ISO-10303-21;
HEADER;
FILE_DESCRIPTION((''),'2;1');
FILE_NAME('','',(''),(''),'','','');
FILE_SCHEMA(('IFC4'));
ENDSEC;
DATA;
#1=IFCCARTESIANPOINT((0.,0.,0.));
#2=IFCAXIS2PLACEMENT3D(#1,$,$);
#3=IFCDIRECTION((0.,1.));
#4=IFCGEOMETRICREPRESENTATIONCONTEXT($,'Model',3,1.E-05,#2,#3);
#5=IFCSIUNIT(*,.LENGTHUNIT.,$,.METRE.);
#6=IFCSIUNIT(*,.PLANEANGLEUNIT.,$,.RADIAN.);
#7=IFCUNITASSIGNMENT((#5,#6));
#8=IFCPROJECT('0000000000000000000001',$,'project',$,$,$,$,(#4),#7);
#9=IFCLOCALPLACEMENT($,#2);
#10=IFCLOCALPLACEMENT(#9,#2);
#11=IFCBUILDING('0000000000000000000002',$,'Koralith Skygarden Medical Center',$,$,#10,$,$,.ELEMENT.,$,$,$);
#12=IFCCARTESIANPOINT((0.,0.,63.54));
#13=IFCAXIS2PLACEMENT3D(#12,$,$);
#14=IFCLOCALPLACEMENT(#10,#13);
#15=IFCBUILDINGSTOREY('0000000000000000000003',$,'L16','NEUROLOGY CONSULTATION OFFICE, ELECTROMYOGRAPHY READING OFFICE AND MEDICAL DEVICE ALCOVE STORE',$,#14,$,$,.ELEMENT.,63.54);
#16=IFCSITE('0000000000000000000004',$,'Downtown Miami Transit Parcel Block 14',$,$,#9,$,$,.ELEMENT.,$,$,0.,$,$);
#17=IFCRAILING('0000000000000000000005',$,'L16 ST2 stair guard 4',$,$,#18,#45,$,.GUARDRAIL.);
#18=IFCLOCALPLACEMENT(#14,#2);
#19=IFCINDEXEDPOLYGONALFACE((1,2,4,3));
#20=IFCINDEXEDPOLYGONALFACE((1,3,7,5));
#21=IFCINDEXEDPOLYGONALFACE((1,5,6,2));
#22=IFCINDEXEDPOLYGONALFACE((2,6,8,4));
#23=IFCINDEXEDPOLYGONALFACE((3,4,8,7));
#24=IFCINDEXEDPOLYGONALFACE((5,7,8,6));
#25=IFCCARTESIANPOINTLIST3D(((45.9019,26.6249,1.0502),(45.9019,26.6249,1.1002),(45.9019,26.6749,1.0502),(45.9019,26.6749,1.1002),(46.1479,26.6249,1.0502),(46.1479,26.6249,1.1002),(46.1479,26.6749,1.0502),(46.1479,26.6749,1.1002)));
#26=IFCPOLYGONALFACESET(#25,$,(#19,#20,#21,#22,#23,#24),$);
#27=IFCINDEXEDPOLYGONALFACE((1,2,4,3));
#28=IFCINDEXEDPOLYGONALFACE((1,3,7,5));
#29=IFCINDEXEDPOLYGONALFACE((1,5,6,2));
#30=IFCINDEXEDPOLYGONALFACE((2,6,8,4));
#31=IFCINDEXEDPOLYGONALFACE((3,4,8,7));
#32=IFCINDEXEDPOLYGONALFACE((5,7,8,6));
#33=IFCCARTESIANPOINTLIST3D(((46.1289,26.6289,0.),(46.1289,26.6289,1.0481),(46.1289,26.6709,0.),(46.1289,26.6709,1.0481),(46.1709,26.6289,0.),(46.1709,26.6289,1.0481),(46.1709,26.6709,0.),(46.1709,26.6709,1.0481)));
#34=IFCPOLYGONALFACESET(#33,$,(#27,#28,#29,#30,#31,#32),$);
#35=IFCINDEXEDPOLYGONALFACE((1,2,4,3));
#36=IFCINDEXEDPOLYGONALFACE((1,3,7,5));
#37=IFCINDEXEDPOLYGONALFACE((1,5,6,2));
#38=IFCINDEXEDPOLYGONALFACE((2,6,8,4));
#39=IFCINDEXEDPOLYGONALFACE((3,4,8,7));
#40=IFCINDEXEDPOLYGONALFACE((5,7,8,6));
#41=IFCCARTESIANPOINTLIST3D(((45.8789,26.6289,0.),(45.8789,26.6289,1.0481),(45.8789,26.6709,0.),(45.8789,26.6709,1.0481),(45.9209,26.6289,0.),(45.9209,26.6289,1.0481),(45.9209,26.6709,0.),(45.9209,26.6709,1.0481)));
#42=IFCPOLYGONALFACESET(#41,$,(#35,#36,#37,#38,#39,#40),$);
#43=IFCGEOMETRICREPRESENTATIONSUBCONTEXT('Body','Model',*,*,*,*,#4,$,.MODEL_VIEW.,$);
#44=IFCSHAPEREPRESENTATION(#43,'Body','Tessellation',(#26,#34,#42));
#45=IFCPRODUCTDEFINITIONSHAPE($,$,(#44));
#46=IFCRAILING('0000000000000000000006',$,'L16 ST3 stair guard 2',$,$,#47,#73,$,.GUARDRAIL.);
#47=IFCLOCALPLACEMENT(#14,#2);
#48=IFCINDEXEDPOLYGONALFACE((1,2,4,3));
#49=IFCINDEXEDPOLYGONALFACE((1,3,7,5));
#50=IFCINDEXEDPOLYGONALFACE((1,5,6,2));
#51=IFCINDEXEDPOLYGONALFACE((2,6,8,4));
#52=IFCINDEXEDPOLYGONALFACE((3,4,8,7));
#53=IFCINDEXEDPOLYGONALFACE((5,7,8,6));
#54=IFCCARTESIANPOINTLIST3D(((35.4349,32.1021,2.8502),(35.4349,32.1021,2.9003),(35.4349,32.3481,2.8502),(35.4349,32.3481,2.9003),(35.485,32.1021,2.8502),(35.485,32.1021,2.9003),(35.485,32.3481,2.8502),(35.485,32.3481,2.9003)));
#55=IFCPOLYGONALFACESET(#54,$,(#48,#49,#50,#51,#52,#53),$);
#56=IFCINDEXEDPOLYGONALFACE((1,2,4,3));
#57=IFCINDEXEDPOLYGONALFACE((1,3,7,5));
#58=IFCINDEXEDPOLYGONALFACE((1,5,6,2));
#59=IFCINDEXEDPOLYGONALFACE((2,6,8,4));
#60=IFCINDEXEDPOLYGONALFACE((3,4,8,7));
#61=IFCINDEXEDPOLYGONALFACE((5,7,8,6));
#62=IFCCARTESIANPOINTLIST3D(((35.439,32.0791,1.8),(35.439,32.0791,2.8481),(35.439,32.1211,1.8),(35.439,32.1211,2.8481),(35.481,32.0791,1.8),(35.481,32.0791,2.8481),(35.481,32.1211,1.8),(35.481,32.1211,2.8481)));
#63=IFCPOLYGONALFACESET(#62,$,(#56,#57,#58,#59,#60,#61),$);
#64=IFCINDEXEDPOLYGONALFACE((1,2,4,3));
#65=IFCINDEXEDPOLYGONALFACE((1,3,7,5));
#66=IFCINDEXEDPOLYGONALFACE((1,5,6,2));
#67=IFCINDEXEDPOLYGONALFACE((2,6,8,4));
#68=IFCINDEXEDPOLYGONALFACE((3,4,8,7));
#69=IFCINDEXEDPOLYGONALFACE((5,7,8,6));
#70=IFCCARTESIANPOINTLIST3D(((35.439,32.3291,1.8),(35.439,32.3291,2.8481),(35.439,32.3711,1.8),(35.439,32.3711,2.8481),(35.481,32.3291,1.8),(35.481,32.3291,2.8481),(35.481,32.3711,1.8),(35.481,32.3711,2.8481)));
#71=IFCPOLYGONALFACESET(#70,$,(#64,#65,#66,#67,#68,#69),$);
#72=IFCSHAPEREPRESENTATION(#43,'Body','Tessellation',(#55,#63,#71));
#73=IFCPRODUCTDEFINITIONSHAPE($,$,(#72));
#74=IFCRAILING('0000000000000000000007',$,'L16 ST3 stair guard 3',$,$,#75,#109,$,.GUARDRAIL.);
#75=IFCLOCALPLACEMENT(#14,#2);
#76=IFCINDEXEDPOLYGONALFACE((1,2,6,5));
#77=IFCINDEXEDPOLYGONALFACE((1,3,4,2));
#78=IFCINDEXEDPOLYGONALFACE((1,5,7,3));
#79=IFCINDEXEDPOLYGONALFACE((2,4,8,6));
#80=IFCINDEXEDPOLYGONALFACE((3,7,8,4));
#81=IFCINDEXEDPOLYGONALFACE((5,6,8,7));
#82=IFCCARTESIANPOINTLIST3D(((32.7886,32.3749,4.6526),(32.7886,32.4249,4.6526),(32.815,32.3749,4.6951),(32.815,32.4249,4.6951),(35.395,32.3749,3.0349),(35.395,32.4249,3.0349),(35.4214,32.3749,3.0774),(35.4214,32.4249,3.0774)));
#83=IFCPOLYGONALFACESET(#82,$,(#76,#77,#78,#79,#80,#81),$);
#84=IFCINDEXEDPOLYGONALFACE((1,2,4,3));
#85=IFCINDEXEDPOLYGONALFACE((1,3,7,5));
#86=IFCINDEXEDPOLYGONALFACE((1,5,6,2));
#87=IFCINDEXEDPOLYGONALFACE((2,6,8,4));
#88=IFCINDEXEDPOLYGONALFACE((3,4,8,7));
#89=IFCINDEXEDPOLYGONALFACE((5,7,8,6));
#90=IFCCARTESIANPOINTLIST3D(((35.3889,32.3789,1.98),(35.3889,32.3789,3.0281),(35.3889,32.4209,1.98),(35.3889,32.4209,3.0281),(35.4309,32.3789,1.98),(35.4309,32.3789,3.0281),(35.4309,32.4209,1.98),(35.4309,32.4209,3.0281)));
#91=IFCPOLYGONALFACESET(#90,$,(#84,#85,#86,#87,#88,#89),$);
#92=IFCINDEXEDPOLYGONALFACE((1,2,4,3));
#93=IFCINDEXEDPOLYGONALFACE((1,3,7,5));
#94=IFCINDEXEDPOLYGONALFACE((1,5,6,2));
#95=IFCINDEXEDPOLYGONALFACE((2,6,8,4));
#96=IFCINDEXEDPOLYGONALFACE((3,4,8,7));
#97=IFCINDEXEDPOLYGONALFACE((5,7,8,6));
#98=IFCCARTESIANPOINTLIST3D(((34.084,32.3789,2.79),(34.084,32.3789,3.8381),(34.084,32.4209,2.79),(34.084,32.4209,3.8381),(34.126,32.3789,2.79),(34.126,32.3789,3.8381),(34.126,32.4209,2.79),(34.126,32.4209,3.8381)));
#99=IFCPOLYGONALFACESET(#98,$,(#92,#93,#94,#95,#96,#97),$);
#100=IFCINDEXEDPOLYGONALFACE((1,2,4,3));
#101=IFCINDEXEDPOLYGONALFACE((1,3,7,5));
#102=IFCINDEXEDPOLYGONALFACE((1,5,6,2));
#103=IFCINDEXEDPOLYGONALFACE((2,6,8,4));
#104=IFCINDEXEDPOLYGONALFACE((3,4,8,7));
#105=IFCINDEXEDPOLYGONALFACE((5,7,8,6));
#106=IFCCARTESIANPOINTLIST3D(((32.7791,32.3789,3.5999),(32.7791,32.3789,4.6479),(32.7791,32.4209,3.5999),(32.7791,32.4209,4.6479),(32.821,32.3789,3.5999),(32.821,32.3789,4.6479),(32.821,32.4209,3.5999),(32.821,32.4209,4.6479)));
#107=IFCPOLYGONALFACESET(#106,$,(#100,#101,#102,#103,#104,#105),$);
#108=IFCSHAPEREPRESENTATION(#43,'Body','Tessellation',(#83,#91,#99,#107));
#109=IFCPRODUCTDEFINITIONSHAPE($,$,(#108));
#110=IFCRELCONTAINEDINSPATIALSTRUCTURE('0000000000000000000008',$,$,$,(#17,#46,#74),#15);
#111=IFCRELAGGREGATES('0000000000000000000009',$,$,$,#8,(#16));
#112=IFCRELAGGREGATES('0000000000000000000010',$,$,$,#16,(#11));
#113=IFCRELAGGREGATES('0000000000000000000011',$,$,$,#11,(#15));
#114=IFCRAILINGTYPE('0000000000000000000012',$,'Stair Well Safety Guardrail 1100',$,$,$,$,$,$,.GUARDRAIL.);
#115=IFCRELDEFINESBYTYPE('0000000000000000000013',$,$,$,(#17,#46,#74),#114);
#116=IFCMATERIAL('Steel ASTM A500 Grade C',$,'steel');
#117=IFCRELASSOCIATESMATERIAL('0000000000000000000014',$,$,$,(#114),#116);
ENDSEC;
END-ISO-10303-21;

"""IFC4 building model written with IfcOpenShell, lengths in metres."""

from ifc_helpers import new_model, si_unit, direction, frame, origin, origin_2d, place, context, subcontext, project, spatial, rectangle, extrude, material, type_object, element, save


model = new_model("IFC4")

# Units and contexts
model_context = context("Model", 3, precision=1e-05, world=origin(), true_north=direction((0.0, 1.0)))
body_context = subcontext(model_context, "Body", "Model", "MODEL_VIEW")
ifc_project = project(units=[si_unit("LENGTHUNIT", "METRE"), si_unit("PLANEANGLEUNIT", "RADIAN")], contexts=[model_context])

# Site, building, storey
site_placement = place(None, origin())
site = spatial("IfcSite", under=ifc_project, at=site_placement, Name="Downtown Miami Transit Parcel Block 14", CompositionType="ELEMENT", RefElevation=0.0)
building_placement = place(site_placement, origin())
building = spatial("IfcBuilding", under=site, at=building_placement, Name="Koralith Skygarden Medical Center", CompositionType="ELEMENT")
storey_placement = place(building_placement, frame((0.0, 0.0, 63.54)))
storey = spatial("IfcBuildingStorey", under=building, at=storey_placement, Name="L16", Description="NEUROLOGY CONSULTATION OFFICE, ELECTROMYOGRAPHY READING OFFICE AND MEDICAL DEVICE ALCOVE STORE", CompositionType="ELEMENT", Elevation=63.54)

# Railings
ifc_material_1 = material(Name="Steel ASTM A500 Grade C", Category="steel")
railing_type_1 = type_object("IfcRailingType", Name="Stair Well Safety Guardrail 1100", PredefinedType="GUARDRAIL", material=ifc_material_1)
railing_1_placement = place(storey_placement, frame((46.1499, 26.6499, 0.0)))
element("IfcRailing", 1, at=railing_1_placement, inside=storey, type_object=railing_type_1, Name="L16 ST2 stair guard 4", PredefinedType="GUARDRAIL", context=body_context, shape_type="SweptSolid", body=[
    extrude(rectangle(XDim=0.05, YDim=0.05, at=origin_2d()), frame((-0.002, 0.0, 1.0752), z_axis=(-1.0, 0.0, 0.0), x_axis=(0.0, -1.0, 0.0)), (0.0, 0.0, 1.0), 0.2461),
    extrude(rectangle(XDim=0.042, YDim=0.042, at=origin_2d()), origin(), (0.0, 0.0, 1.0), 1.0481),
    extrude(rectangle(XDim=0.042, YDim=0.042, at=origin_2d()), frame((-0.25, 0.0, 0.0)), (0.0, 0.0, 1.0), 1.0481),
])
railing_2_placement = place(storey_placement, frame((35.46, 32.1001, 1.8)))
element("IfcRailing", 2, at=railing_2_placement, inside=storey, type_object=railing_type_1, Name="L16 ST3 stair guard 2", PredefinedType="GUARDRAIL", context=body_context, shape_type="SweptSolid", body=[
    extrude(rectangle(XDim=0.05, YDim=0.05, at=origin_2d()), frame((0.0, 0.002, 1.0752), z_axis=(0.0, 1.0, 0.0), x_axis=(-1.0, 0.0, 0.0)), (0.0, 0.0, 1.0), 0.2461),
    extrude(rectangle(XDim=0.042, YDim=0.042, at=origin_2d()), origin(), (0.0, 0.0, 1.0), 1.0481),
    extrude(rectangle(XDim=0.042, YDim=0.042, at=origin_2d()), frame((0.0, 0.25, 0.0)), (0.0, 0.0, 1.0), 1.0481),
])
railing_3_placement = place(storey_placement, frame((35.4099, 32.3999, 1.98)))
element("IfcRailing", 3, at=railing_3_placement, inside=storey, type_object=railing_type_1, Name="L16 ST3 stair guard 3", PredefinedType="GUARDRAIL", context=body_context, shape_type="SweptSolid", body=[
    extrude(rectangle(XDim=0.05, YDim=0.05, at=origin_2d()), frame((-0.0017, 0.0, 1.0762), z_axis=(-0.849646, 0.0, 0.527353), x_axis=(0.0, -1.0, 0.0)), (0.0, 0.0, 1.0), 3.0676),
    extrude(rectangle(XDim=0.042, YDim=0.042, at=origin_2d()), origin(), (0.0, 0.0, 1.0), 1.0481),
    extrude(rectangle(XDim=0.042, YDim=0.042, at=origin_2d()), frame((-1.3049, 0.0, 0.8101)), (0.0, 0.0, 1.0), 1.0481),
    extrude(rectangle(XDim=0.042, YDim=0.042, at=origin_2d()), frame((-2.6099, 0.0, 1.6199)), (0.0, 0.0, 1.0), 1.0481),
])

save(model, "model.ifc")
